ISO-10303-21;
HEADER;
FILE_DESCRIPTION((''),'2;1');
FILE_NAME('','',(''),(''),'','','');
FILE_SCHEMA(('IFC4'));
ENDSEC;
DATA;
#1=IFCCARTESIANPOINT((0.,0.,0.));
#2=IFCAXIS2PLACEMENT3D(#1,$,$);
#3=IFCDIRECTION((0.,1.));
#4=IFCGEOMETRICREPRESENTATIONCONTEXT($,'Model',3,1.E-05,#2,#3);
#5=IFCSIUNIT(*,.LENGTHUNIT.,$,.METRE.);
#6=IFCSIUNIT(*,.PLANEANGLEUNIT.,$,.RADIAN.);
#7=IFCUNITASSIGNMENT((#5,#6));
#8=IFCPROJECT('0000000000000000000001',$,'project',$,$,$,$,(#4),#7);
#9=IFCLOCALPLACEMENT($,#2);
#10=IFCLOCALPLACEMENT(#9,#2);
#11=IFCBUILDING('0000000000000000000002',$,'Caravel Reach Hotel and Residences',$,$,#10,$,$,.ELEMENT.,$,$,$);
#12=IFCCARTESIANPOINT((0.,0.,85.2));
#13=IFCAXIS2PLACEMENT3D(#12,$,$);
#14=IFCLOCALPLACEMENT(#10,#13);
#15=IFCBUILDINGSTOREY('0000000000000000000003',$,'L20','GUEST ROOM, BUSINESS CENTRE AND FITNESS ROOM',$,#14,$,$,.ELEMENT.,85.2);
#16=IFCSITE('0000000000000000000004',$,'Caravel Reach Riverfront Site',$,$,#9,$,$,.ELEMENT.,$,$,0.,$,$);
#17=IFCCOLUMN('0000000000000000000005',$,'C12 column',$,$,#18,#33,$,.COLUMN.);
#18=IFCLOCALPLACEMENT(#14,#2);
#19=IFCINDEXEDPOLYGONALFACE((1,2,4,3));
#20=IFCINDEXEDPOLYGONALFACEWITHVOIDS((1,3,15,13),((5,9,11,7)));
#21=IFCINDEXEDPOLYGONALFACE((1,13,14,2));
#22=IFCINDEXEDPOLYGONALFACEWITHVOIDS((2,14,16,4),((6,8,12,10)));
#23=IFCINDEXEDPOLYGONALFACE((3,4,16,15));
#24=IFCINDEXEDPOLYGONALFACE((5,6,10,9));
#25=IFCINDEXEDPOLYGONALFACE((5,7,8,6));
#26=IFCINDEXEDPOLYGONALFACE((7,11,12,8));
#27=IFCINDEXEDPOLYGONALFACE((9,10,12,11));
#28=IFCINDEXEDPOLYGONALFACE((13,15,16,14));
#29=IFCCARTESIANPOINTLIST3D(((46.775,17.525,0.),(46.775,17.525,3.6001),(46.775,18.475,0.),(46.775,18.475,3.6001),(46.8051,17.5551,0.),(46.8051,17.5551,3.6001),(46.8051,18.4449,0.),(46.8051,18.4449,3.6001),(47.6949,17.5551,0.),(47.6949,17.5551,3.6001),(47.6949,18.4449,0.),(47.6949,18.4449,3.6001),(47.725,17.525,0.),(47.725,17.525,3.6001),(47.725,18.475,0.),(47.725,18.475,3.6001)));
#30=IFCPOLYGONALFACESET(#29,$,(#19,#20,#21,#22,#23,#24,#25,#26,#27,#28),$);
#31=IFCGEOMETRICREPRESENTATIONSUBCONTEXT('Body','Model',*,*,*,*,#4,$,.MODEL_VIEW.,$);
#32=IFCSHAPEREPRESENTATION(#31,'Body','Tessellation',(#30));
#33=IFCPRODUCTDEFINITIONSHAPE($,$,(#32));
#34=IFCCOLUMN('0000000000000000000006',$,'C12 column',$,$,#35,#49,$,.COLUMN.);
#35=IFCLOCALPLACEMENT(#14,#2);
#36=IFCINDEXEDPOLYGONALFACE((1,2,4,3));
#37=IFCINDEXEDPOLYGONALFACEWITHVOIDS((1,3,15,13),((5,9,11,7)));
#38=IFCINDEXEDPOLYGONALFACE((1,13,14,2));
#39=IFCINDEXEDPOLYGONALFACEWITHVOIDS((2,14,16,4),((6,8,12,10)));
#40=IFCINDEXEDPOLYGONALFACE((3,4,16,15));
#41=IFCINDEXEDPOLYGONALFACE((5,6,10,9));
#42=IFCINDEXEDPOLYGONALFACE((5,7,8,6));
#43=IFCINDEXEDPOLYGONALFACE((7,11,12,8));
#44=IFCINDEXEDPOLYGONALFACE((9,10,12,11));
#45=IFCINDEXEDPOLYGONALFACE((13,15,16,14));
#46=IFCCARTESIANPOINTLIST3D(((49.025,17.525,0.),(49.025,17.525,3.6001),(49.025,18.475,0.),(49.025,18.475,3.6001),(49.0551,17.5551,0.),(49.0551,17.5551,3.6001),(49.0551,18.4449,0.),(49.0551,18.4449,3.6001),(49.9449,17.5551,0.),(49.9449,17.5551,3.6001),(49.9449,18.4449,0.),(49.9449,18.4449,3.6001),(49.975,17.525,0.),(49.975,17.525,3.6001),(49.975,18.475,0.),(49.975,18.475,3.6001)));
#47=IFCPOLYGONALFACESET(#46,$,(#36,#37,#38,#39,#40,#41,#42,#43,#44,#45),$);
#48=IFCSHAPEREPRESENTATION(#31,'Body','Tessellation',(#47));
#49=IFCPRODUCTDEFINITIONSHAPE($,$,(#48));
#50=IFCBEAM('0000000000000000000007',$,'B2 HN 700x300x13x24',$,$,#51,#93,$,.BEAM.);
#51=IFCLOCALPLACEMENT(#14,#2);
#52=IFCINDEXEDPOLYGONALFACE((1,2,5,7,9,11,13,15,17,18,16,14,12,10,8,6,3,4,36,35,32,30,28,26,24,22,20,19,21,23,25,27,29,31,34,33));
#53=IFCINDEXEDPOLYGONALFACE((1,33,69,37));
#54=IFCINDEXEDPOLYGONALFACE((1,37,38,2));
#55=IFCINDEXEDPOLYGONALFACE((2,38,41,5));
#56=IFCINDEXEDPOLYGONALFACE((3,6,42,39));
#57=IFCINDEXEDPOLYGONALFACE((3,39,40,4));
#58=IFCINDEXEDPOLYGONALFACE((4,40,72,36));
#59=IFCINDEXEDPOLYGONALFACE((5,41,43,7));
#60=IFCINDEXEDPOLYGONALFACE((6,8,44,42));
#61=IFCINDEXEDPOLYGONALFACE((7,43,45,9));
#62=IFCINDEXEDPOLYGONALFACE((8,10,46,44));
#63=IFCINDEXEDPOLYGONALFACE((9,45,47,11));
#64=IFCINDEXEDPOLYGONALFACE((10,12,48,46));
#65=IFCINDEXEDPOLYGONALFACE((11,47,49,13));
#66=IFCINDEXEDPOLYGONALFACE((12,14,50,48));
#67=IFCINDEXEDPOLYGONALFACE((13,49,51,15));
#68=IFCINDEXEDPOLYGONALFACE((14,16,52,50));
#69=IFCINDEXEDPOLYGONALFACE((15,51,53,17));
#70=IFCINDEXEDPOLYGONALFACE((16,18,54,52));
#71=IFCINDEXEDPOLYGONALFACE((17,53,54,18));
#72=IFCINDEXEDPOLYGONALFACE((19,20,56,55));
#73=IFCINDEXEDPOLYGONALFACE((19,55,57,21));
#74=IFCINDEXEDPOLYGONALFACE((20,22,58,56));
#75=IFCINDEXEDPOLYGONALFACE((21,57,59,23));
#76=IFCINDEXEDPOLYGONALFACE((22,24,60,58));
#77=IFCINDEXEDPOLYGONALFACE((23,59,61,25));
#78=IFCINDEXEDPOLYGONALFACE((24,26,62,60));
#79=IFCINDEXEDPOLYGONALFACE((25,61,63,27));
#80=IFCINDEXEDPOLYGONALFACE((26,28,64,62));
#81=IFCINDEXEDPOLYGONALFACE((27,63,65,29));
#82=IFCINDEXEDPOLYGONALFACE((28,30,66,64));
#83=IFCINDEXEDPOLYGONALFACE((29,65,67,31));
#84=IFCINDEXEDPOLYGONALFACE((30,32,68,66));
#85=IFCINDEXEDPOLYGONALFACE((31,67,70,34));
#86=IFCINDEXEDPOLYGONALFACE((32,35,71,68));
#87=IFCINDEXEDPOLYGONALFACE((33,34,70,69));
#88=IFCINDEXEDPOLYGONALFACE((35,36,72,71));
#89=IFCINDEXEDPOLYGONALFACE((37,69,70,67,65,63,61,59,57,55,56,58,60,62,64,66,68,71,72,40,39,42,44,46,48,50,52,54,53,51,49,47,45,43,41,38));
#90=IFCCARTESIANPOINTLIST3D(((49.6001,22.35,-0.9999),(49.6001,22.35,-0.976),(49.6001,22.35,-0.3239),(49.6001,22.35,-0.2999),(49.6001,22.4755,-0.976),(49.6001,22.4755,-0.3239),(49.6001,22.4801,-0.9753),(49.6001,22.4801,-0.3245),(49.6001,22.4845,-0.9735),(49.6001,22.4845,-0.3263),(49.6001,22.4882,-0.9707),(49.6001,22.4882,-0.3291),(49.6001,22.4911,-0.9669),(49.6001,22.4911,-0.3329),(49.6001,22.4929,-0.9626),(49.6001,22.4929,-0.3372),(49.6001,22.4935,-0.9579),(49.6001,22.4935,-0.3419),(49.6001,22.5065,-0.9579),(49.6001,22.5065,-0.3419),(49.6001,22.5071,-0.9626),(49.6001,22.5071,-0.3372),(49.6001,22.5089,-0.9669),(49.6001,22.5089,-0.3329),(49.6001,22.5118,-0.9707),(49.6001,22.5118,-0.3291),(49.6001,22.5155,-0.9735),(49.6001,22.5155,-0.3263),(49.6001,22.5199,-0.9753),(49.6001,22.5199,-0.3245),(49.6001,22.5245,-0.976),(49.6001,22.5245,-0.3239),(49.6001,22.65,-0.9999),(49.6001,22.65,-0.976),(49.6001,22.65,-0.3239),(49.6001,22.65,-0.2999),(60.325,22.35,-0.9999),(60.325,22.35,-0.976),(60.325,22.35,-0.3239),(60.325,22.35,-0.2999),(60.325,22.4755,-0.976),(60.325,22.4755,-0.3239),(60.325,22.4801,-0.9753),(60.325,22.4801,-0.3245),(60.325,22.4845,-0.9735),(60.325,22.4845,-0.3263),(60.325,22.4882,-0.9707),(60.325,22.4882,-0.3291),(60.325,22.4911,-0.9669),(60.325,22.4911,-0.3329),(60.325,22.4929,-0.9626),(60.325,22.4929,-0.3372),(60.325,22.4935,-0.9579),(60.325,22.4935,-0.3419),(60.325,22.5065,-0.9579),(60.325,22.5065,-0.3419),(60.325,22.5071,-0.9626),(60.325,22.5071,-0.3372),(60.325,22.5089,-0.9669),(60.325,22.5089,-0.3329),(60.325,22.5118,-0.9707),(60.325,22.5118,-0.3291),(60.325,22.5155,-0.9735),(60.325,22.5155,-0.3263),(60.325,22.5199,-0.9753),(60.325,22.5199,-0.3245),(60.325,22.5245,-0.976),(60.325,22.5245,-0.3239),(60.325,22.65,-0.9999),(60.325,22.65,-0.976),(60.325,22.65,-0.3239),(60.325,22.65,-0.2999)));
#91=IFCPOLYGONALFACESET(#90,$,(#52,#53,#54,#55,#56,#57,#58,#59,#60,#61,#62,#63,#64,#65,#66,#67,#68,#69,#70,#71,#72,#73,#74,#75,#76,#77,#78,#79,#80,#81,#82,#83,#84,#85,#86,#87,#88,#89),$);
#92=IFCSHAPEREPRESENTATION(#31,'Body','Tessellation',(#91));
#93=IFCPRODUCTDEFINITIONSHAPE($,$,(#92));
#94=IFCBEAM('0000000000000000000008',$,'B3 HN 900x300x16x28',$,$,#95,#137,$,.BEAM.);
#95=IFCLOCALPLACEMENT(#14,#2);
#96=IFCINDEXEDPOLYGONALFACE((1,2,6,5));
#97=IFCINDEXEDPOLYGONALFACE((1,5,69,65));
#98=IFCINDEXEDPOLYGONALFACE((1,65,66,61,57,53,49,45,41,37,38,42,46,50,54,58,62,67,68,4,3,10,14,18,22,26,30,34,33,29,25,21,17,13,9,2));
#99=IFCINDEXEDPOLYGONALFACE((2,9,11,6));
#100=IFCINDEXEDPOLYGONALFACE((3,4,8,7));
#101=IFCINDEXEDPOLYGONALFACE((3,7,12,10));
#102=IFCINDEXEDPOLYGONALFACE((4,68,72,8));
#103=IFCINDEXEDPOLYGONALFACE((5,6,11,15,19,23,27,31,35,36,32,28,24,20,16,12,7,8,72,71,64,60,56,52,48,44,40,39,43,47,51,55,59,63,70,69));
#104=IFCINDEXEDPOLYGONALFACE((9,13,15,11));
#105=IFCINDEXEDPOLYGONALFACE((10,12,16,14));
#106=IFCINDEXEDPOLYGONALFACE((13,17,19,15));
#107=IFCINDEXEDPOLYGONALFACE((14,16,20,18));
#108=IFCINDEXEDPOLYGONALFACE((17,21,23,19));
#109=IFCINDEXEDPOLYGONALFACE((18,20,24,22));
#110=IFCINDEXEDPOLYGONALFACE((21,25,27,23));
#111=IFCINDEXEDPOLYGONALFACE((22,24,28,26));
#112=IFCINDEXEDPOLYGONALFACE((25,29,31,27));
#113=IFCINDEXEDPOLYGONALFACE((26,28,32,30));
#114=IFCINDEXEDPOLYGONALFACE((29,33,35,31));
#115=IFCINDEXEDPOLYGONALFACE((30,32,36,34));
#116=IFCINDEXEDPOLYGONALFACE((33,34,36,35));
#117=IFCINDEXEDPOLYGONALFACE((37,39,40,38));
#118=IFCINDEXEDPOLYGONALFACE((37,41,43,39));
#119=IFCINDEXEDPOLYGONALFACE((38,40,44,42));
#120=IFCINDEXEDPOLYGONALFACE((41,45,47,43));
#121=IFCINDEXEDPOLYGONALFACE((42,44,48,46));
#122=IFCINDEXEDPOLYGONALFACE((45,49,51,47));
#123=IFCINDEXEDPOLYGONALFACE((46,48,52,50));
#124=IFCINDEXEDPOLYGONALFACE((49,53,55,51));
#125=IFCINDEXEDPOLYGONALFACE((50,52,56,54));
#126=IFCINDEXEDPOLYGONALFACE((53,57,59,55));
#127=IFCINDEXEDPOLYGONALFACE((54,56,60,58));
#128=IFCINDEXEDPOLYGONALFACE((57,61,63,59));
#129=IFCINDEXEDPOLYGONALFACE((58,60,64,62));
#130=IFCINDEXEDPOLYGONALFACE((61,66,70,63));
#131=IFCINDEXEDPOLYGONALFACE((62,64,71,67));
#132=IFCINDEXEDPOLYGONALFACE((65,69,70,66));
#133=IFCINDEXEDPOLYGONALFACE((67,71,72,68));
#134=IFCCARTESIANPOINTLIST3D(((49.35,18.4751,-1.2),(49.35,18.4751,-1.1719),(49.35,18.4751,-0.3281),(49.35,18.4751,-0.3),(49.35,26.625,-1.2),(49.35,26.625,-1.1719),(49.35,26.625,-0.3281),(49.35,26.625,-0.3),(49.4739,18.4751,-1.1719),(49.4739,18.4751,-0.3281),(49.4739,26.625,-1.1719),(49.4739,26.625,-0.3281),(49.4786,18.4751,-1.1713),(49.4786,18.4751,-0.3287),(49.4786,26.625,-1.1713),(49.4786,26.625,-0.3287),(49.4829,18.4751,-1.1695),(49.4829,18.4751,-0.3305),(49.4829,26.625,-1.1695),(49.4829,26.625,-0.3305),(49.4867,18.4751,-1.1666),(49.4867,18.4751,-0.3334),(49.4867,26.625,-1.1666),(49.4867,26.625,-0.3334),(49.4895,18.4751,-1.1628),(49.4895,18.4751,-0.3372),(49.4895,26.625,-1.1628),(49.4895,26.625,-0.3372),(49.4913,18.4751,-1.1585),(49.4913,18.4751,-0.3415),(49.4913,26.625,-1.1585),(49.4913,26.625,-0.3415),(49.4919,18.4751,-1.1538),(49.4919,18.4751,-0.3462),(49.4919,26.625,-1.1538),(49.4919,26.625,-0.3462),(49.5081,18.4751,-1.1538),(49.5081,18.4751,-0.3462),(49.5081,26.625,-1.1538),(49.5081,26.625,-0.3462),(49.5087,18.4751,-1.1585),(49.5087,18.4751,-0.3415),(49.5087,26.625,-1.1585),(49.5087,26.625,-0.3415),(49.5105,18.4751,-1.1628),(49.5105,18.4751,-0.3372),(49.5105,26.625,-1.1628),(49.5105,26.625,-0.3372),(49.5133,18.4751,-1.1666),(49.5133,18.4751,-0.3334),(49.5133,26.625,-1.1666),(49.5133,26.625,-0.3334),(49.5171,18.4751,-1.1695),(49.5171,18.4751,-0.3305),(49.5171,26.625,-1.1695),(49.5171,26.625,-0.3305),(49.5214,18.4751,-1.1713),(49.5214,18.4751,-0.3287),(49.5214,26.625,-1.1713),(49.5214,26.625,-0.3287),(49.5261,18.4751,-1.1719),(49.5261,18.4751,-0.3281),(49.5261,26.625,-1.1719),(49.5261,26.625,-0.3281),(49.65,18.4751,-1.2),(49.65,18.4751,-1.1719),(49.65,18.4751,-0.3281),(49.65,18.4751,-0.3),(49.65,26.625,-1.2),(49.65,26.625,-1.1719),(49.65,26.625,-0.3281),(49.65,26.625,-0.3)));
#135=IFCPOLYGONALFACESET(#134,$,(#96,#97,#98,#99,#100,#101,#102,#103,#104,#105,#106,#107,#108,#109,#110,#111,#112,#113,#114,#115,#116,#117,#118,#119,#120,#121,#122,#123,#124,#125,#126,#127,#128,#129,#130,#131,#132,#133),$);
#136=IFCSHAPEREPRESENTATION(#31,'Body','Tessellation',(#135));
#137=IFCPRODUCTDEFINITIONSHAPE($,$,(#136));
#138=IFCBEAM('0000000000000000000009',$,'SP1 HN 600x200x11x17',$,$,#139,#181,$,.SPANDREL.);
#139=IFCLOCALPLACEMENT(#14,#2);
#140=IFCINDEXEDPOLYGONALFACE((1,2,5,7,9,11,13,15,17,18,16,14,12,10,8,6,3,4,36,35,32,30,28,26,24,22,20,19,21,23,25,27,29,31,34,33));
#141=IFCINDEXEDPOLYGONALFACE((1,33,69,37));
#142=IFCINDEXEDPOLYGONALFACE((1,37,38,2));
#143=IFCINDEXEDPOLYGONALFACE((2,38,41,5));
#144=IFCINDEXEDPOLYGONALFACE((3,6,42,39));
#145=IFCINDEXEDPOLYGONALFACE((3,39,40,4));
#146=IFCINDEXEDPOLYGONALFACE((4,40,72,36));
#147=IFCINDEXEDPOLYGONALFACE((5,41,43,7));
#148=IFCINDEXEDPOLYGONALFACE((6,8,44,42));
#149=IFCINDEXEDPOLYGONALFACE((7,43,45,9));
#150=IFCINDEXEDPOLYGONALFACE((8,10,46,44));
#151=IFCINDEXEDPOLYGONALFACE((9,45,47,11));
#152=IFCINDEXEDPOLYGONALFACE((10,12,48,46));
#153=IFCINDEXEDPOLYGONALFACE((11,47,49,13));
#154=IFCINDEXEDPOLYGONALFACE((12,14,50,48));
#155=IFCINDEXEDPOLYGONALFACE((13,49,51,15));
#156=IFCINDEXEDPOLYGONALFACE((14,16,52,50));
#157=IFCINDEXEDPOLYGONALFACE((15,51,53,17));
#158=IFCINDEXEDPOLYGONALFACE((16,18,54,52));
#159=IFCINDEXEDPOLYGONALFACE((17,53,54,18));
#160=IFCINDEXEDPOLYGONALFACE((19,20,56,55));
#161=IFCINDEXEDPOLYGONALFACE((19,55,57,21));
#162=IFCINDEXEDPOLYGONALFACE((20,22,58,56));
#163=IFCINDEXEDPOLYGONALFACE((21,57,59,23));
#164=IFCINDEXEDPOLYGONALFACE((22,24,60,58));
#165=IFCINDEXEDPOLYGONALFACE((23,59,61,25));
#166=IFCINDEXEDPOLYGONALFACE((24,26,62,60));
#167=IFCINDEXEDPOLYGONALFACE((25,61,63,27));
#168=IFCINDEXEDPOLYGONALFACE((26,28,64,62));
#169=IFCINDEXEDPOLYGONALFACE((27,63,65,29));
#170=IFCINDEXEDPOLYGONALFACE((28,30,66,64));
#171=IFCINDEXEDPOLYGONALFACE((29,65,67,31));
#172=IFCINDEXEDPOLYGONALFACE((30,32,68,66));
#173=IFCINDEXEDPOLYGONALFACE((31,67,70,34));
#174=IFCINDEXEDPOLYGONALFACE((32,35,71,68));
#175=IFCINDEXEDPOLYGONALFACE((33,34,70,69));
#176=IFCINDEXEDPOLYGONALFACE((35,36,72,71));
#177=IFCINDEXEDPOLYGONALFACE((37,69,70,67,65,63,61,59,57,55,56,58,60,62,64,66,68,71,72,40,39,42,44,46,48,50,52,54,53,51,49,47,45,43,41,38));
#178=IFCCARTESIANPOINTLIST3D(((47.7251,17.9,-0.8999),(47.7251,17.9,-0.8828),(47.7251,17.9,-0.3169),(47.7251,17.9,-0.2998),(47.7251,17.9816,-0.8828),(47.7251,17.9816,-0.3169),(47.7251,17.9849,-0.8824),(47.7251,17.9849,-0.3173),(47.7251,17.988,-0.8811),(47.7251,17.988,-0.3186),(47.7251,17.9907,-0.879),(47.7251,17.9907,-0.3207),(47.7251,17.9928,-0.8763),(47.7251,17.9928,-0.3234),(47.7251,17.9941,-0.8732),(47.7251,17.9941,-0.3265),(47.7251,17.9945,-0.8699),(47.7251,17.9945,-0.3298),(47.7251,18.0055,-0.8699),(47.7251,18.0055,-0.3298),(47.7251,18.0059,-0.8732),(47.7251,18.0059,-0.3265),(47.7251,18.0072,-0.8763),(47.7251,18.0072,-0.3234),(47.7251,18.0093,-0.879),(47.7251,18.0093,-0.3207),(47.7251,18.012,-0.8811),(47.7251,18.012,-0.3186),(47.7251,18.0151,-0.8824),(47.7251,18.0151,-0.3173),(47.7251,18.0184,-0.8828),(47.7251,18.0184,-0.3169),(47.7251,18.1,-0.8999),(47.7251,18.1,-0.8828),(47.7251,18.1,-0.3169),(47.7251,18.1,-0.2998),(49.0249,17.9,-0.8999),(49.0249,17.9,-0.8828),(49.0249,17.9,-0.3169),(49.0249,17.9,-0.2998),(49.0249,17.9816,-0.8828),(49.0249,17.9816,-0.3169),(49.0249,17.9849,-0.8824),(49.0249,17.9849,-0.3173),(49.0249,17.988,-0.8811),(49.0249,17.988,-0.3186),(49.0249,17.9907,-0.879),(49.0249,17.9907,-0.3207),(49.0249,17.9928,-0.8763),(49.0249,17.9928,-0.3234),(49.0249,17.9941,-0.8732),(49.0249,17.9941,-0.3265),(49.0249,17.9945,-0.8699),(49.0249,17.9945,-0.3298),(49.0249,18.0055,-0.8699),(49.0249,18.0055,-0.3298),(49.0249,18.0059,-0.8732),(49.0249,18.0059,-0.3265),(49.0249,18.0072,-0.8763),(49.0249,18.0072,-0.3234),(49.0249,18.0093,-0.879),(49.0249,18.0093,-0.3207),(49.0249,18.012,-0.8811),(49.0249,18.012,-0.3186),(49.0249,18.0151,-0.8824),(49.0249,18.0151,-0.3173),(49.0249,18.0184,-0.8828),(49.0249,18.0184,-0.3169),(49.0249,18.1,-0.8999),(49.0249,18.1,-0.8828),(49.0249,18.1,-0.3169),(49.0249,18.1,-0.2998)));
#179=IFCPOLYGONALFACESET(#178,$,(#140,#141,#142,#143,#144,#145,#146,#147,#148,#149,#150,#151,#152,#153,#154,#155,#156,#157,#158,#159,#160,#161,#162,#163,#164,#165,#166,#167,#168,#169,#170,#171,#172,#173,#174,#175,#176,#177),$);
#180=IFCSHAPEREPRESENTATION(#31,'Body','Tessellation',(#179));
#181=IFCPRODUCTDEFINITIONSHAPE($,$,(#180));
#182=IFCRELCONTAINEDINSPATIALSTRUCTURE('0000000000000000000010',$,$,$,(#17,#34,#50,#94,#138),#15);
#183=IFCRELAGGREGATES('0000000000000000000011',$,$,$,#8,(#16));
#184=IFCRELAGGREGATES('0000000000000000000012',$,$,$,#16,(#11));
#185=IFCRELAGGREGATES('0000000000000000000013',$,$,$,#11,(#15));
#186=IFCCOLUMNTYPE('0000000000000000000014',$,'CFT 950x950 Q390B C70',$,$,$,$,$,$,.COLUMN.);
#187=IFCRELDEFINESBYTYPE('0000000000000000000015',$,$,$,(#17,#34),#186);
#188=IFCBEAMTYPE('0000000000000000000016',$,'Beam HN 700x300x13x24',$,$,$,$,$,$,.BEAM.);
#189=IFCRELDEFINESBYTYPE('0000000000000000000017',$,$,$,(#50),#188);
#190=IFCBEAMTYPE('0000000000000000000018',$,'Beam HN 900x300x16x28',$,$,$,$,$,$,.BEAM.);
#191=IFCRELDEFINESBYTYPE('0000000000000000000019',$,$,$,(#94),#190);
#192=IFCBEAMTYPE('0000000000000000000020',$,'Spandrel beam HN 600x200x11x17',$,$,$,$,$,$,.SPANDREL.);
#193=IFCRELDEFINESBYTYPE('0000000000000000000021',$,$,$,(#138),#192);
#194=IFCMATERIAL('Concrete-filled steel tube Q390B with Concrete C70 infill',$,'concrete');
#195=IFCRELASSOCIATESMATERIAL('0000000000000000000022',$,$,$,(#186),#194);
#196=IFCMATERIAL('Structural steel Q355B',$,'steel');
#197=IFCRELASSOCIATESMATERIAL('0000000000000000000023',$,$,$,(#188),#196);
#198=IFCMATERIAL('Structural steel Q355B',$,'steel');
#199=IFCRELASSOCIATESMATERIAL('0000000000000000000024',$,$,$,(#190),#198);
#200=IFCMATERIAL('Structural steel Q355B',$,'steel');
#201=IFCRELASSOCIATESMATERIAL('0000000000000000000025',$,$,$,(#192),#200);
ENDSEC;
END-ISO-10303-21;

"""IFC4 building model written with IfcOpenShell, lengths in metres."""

from ifc_helpers import new_model, si_unit, direction, frame, origin, origin_2d, place, context, subcontext, project, spatial, hollow_rectangle, i_section, extrude, material, material_profile, profile_set, type_object, element, save


model = new_model("IFC4")

# Units and contexts
model_context = context("Model", 3, precision=1e-05, world=origin(), true_north=direction((0.0, 1.0)))
body_context = subcontext(model_context, "Body", "Model", "MODEL_VIEW")
ifc_project = project(units=[si_unit("LENGTHUNIT", "METRE"), si_unit("PLANEANGLEUNIT", "RADIAN")], contexts=[model_context])

# Site, building, storey
site_placement = place(None, origin())
site = spatial("IfcSite", under=ifc_project, at=site_placement, Name="Caravel Reach Riverfront Site", CompositionType="ELEMENT", RefElevation=0.0)
building_placement = place(site_placement, origin())
building = spatial("IfcBuilding", under=site, at=building_placement, Name="Caravel Reach Hotel and Residences", CompositionType="ELEMENT")
storey_placement = place(building_placement, frame((0.0, 0.0, 85.2)))
storey = spatial("IfcBuildingStorey", under=building, at=storey_placement, Name="L20", Description="GUEST ROOM, BUSINESS CENTRE AND FITNESS ROOM", CompositionType="ELEMENT", Elevation=85.2)

# Columns
ifc_material_1 = material(Name="Concrete-filled steel tube Q390B with Concrete C70 infill", Category="concrete")
ifc_material_profile_1 = material_profile(ifc_material_1, hollow_rectangle(XDim=0.95, YDim=0.95, WallThickness=0.03, at=origin_2d()), Name="RHS 950x950x30")
ifc_profile_set_1 = profile_set([ifc_material_profile_1], Name="Concrete-filled steel tube Q390B with Concrete C70 infill")
column_type = type_object("IfcColumnType", Name="CFT 950x950 Q390B C70", PredefinedType="COLUMN", material=ifc_profile_set_1)
for number, where, z_axis, x_axis, name in (
    (1, (47.25, 18.0, 0.0), (0.0, 0.0, 1.0), (1.0, 0.0, 0.0), "C12 column"),
    (2, (49.5, 18.0, 0.0), (0.0, 0.0, 1.0), (1.0, 0.0, 0.0), "C12 column"),
):
    element("IfcColumn", number, at=place(storey_placement, frame(where, z_axis=z_axis, x_axis=x_axis)), inside=storey, type_object=column_type, Name=name, PredefinedType="COLUMN", context=body_context, shape_type="SweptSolid", body=[
        extrude(hollow_rectangle(XDim=0.95, YDim=0.95, WallThickness=0.03, at=origin_2d()), origin(), (0.0, 0.0, 1.0), 3.6001),
    ])

# Beams
ifc_material_2 = material(Name="Structural steel Q355B", Category="steel")
ifc_material_profile_2 = material_profile(ifc_material_2, i_section(OverallWidth=0.3, OverallDepth=0.7, WebThickness=0.0129, FlangeThickness=0.0239, FilletRadius=0.0181, at=origin_2d()), Name="HN 700x300x13x24")
ifc_profile_set_2 = profile_set([ifc_material_profile_2], Name="Structural steel Q355B")
beam_type_1 = type_object("IfcBeamType", Name="Beam HN 700x300x13x24", PredefinedType="BEAM", material=ifc_profile_set_2)
beam_1_placement = place(storey_placement, frame((49.6001, 22.5, -0.6499), z_axis=(1.0, 0.0, 0.0), x_axis=(0.0, 1.0, 0.0)))
element("IfcBeam", 3, at=beam_1_placement, inside=storey, type_object=beam_type_1, Name="B2 HN 700x300x13x24", PredefinedType="BEAM", context=body_context, shape_type="SweptSolid", body=[
    extrude(i_section(OverallWidth=0.3, OverallDepth=0.7, WebThickness=0.0129, FlangeThickness=0.0239, FilletRadius=0.0181, at=origin_2d()), origin(), (0.0, 0.0, 1.0), 10.7249),
])
ifc_material_3 = material(Name="Structural steel Q355B", Category="steel")
ifc_material_profile_3 = material_profile(ifc_material_3, i_section(OverallWidth=0.3, OverallDepth=0.8999, WebThickness=0.0161, FlangeThickness=0.0281, FilletRadius=0.0181, at=origin_2d()), Name="HN 900x300x16x28")
ifc_profile_set_3 = profile_set([ifc_material_profile_3], Name="Structural steel Q355B")
beam_type_2 = type_object("IfcBeamType", Name="Beam HN 900x300x16x28", PredefinedType="BEAM", material=ifc_profile_set_3)
beam_2_placement = place(storey_placement, frame((49.5, 18.4751, -0.75), z_axis=(0.0, 1.0, 0.0), x_axis=(-1.0, 0.0, 0.0)))
element("IfcBeam", 4, at=beam_2_placement, inside=storey, type_object=beam_type_2, Name="B3 HN 900x300x16x28", PredefinedType="BEAM", context=body_context, shape_type="SweptSolid", body=[
    extrude(i_section(OverallWidth=0.3, OverallDepth=0.8999, WebThickness=0.0161, FlangeThickness=0.0281, FilletRadius=0.0181, at=origin_2d()), origin(), (0.0, 0.0, 1.0), 8.1499),
])
ifc_material_4 = material(Name="Structural steel Q355B", Category="steel")
ifc_material_profile_4 = material_profile(ifc_material_4, i_section(OverallWidth=0.2, OverallDepth=0.6001, WebThickness=0.011, FlangeThickness=0.0171, FilletRadius=0.0129, at=origin_2d()), Name="HN 600x200x11x17")
ifc_profile_set_4 = profile_set([ifc_material_profile_4], Name="Structural steel Q355B")
beam_type_3 = type_object("IfcBeamType", Name="Spandrel beam HN 600x200x11x17", PredefinedType="SPANDREL", material=ifc_profile_set_4)
beam_3_placement = place(storey_placement, frame((47.7251, 18.0, -0.5999), z_axis=(1.0, 0.0, 0.0), x_axis=(0.0, 1.0, 0.0)))
element("IfcBeam", 5, at=beam_3_placement, inside=storey, type_object=beam_type_3, Name="SP1 HN 600x200x11x17", PredefinedType="SPANDREL", context=body_context, shape_type="SweptSolid", body=[
    extrude(i_section(OverallWidth=0.2, OverallDepth=0.6001, WebThickness=0.011, FlangeThickness=0.0171, FilletRadius=0.0129, at=origin_2d()), origin(), (0.0, 0.0, 1.0), 1.2998),
])

save(model, "model.ifc")
